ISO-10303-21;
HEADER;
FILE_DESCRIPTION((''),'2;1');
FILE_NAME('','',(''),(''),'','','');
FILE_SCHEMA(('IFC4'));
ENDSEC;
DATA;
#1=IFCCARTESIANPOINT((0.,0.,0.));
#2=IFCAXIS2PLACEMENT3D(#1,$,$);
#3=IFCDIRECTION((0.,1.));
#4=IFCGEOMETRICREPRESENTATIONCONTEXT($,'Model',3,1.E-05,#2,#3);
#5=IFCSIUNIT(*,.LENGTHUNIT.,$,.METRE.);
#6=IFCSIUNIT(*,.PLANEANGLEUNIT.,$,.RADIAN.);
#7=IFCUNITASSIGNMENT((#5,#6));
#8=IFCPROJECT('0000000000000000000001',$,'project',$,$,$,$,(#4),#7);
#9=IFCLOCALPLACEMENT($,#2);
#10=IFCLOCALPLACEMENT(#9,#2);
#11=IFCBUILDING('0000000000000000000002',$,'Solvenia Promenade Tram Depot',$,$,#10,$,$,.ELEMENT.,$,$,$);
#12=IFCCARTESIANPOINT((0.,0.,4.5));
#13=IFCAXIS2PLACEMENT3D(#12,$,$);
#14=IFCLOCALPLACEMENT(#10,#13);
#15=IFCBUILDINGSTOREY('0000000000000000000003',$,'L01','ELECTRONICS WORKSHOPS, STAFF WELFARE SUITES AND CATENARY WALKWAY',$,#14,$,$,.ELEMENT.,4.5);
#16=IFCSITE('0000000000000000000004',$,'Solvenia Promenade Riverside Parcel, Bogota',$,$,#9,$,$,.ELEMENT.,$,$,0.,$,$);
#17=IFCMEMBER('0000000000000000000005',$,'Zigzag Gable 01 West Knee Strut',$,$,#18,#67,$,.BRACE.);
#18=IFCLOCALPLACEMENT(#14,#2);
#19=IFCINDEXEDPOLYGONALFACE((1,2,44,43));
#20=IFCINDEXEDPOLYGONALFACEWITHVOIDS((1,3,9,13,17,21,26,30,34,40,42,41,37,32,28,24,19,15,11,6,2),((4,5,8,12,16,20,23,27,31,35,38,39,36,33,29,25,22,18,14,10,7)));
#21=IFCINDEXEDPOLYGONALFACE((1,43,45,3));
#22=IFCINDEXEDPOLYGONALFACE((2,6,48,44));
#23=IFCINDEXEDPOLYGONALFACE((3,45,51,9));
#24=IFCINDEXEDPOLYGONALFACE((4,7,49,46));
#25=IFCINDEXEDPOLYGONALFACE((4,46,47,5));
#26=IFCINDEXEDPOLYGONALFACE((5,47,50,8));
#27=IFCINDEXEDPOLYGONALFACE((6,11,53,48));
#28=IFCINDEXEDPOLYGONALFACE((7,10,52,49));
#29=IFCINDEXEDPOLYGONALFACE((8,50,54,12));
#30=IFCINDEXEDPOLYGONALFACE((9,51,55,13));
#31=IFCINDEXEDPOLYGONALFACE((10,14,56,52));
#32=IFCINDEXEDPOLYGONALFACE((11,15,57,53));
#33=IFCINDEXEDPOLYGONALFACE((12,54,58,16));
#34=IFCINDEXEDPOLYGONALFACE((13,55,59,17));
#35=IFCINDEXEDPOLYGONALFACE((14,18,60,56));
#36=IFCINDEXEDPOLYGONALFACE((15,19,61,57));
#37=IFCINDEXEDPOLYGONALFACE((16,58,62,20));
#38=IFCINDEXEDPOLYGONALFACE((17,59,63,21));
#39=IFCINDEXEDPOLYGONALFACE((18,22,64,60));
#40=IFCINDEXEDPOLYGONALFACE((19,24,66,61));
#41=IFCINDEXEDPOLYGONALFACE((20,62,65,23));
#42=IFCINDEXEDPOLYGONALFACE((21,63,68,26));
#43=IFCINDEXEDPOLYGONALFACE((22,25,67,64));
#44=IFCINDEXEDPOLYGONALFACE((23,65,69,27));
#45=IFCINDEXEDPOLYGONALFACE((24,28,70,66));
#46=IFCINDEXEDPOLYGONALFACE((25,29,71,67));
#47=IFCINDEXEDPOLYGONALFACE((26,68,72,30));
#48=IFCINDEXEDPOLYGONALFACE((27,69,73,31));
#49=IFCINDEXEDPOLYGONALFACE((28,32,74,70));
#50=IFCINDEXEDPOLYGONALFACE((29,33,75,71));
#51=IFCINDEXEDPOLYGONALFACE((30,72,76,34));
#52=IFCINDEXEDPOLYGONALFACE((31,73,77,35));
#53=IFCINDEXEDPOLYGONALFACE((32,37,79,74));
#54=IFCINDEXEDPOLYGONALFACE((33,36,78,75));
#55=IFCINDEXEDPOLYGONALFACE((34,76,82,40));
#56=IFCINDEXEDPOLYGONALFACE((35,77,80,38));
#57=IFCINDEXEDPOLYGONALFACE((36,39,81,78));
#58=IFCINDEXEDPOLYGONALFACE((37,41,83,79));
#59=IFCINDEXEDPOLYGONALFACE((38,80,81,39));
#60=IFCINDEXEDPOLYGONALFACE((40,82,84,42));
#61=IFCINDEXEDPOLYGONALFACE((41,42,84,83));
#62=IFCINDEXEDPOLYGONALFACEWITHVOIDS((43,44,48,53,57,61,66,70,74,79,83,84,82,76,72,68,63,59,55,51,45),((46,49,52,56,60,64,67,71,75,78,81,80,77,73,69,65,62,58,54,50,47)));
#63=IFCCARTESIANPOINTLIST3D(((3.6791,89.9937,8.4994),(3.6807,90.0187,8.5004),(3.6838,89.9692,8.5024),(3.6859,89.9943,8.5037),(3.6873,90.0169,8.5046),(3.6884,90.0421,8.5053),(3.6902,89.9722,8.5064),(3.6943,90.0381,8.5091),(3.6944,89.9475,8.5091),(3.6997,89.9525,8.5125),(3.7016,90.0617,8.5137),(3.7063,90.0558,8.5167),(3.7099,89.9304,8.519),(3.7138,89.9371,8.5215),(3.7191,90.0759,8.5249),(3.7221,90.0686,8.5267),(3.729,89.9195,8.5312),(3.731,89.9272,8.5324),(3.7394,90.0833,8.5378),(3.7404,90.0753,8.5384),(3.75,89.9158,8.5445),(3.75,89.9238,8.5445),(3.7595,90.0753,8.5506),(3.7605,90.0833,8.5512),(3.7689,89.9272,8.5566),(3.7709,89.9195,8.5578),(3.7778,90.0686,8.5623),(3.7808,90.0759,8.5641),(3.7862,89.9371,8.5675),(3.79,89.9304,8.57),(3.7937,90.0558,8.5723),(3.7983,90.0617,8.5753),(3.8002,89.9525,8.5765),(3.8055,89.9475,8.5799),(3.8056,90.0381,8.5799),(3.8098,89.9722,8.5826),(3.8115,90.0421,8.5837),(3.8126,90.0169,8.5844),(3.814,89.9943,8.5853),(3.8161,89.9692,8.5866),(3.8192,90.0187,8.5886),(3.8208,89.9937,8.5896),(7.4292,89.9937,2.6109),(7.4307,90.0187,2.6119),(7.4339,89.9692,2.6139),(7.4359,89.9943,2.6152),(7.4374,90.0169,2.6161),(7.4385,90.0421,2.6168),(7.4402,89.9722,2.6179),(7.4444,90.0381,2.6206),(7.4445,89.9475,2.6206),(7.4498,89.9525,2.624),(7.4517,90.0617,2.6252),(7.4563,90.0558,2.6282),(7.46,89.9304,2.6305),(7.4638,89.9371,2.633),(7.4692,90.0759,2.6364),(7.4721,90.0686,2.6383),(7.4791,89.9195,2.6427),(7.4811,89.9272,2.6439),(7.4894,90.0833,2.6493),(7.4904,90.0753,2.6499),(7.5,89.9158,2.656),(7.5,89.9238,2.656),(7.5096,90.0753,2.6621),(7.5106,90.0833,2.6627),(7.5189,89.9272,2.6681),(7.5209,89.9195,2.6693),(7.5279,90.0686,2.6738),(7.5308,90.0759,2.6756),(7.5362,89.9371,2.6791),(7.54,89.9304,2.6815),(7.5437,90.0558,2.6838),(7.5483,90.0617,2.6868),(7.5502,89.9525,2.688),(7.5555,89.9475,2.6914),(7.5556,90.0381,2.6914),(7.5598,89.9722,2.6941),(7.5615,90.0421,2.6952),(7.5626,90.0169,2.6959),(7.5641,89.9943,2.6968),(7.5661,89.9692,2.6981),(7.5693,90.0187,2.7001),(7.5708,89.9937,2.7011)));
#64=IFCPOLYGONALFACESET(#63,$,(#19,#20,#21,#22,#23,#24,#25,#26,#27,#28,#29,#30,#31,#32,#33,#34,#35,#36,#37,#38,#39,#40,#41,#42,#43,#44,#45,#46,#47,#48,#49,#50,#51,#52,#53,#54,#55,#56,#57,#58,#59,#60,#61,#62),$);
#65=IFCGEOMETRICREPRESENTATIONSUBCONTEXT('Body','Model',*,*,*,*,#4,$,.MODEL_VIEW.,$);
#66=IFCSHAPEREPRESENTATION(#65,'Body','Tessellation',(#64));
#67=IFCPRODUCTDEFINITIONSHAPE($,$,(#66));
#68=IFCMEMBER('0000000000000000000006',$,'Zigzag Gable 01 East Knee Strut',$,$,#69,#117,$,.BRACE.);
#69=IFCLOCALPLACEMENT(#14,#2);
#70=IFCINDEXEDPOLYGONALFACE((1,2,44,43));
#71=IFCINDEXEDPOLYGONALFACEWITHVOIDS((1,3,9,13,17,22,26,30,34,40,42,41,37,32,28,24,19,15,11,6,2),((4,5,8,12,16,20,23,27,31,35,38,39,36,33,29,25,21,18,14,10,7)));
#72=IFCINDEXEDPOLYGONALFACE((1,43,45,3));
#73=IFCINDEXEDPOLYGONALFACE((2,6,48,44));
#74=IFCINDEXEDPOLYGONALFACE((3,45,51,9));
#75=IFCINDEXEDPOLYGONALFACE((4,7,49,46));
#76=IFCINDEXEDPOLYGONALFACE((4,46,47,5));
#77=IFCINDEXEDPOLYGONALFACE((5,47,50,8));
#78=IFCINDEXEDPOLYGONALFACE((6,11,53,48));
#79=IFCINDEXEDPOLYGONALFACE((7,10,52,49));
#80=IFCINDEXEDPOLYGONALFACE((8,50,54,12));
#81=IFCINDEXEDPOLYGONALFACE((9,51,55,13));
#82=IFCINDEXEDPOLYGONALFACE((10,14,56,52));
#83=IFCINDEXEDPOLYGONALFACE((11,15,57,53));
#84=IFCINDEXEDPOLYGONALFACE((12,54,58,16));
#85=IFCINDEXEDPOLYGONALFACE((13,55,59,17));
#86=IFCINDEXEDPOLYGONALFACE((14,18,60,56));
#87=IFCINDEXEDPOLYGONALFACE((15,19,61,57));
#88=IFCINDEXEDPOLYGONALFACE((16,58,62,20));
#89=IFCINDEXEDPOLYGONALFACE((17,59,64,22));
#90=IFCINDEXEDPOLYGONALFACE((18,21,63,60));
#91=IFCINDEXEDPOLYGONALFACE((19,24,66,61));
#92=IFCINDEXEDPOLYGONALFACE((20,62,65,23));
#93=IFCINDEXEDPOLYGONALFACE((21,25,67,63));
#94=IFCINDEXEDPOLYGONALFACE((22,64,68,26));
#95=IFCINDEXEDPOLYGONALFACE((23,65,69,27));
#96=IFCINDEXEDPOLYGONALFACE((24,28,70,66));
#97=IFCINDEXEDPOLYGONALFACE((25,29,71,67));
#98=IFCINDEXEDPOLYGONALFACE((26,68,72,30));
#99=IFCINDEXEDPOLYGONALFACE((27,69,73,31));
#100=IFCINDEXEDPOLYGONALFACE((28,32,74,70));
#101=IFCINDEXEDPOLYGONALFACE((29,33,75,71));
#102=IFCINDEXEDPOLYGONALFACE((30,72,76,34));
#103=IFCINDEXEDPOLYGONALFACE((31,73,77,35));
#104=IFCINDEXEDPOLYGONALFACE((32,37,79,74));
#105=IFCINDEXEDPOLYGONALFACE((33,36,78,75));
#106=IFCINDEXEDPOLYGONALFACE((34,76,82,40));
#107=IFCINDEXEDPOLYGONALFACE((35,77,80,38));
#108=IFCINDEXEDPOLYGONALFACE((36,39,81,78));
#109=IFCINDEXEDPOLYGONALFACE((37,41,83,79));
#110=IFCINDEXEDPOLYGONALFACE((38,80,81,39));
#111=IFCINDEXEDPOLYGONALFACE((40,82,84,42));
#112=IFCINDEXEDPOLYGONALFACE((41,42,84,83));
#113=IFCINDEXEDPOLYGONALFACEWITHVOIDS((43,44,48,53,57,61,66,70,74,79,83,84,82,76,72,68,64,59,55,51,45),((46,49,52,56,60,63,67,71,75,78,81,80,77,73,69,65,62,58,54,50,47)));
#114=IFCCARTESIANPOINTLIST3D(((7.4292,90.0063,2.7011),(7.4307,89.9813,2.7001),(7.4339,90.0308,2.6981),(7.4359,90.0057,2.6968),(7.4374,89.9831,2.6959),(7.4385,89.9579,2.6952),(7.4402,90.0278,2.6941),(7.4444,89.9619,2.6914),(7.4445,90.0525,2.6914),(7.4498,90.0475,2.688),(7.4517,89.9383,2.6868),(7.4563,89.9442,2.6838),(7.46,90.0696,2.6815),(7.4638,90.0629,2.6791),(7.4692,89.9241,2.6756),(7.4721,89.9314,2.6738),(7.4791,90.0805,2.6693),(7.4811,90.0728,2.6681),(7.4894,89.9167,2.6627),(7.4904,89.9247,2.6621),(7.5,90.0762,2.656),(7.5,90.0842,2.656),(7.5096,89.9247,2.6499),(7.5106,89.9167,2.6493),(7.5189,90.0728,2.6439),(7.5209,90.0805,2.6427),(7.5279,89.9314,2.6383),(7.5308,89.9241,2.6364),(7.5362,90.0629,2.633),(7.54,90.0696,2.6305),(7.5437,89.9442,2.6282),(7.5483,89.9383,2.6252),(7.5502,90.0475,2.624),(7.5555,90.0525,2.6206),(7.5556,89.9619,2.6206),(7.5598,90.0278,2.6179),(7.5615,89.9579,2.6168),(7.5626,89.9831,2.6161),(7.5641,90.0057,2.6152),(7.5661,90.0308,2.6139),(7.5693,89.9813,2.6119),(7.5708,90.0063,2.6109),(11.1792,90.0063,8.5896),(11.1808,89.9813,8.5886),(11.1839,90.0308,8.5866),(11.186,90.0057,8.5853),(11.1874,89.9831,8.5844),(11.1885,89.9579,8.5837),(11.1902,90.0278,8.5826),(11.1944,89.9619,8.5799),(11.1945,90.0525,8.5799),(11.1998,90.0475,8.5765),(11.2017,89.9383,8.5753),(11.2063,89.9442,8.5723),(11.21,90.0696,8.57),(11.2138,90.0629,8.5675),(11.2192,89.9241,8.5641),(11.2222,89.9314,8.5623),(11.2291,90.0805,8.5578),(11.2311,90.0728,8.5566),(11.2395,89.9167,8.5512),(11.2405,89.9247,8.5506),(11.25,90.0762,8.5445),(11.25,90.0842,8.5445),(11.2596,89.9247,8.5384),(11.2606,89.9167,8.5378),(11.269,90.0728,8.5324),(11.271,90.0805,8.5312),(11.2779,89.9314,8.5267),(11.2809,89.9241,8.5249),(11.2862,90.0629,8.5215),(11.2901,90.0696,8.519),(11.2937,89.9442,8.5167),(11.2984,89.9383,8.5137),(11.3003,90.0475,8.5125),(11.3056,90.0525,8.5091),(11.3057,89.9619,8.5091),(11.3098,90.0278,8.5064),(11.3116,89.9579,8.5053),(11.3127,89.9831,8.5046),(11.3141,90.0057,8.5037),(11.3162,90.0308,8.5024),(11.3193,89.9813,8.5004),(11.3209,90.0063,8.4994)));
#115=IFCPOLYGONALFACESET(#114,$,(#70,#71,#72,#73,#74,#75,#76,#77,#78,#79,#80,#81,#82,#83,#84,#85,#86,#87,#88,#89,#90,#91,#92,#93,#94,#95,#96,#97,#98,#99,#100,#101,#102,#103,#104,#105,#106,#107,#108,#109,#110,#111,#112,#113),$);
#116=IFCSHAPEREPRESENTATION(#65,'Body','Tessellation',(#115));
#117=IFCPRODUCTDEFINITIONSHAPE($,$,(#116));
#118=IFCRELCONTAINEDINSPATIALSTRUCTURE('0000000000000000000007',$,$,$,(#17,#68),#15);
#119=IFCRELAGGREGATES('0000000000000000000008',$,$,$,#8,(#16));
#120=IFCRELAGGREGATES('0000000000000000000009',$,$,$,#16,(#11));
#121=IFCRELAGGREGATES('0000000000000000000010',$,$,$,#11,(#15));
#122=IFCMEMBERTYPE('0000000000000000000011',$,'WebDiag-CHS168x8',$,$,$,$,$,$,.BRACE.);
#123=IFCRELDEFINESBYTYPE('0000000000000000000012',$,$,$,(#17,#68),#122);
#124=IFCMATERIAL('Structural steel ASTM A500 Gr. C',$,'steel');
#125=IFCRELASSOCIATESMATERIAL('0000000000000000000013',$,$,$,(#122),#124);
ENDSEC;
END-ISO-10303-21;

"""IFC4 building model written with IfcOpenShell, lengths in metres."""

from ifc_helpers import new_model, si_unit, direction, frame, origin, origin_2d, place, context, subcontext, project, spatial, hollow_circle, extrude, material, material_profile, profile_set, type_object, element, save


model = new_model("IFC4")

# Units and contexts
model_context = context("Model", 3, precision=1e-05, world=origin(), true_north=direction((0.0, 1.0)))
body_context = subcontext(model_context, "Body", "Model", "MODEL_VIEW")
ifc_project = project(units=[si_unit("LENGTHUNIT", "METRE"), si_unit("PLANEANGLEUNIT", "RADIAN")], contexts=[model_context])

# Site, building, storey
site_placement = place(None, origin())
site = spatial("IfcSite", under=ifc_project, at=site_placement, Name="Solvenia Promenade Riverside Parcel, Bogota", CompositionType="ELEMENT", RefElevation=0.0)
building_placement = place(site_placement, origin())
building = spatial("IfcBuilding", under=site, at=building_placement, Name="Solvenia Promenade Tram Depot", CompositionType="ELEMENT")
storey_placement = place(building_placement, frame((0.0, 0.0, 4.5)))
storey = spatial("IfcBuildingStorey", under=building, at=storey_placement, Name="L01", Description="ELECTRONICS WORKSHOPS, STAFF WELFARE SUITES AND CATENARY WALKWAY", CompositionType="ELEMENT", Elevation=4.5)

# Shared definitions
ifc_material_1 = material(Name="Structural steel ASTM A500 Gr. C", Category="steel")

# Members
ifc_material_profile_1 = material_profile(ifc_material_1, hollow_circle(Radius=0.0842, WallThickness=0.0081, at=origin_2d()), Name="CHS168.3x8", Category="steel")
ifc_profile_set_1 = profile_set([ifc_material_profile_1], Name="Structural steel ASTM A500 Gr. C")
member_type_1 = type_object("IfcMemberType", Name="WebDiag-CHS168x8", PredefinedType="BRACE", material=ifc_profile_set_1)
for number, where, z_axis, x_axis, name in (
    (1, (7.5, 90.0, 2.656), (-0.537163, 0.0, 0.843479), (0.0, -1.0, 0.0), "Zigzag Gable 01 West Knee Strut"),
    (2, (7.5, 90.0, 2.656), (0.537163, 0.0, 0.843479), (0.0, 1.0, 0.0), "Zigzag Gable 01 East Knee Strut"),
):
    element("IfcMember", number, at=place(storey_placement, frame(where, z_axis=z_axis, x_axis=x_axis)), inside=storey, type_object=member_type_1, Name=name, PredefinedType="BRACE", context=body_context, shape_type="SweptSolid", body=[
        extrude(hollow_circle(Radius=0.0842, WallThickness=0.0081, at=origin_2d()), origin(), (0.0, 0.0, 1.0), 6.9812),
    ])

save(model, "model.ifc")
